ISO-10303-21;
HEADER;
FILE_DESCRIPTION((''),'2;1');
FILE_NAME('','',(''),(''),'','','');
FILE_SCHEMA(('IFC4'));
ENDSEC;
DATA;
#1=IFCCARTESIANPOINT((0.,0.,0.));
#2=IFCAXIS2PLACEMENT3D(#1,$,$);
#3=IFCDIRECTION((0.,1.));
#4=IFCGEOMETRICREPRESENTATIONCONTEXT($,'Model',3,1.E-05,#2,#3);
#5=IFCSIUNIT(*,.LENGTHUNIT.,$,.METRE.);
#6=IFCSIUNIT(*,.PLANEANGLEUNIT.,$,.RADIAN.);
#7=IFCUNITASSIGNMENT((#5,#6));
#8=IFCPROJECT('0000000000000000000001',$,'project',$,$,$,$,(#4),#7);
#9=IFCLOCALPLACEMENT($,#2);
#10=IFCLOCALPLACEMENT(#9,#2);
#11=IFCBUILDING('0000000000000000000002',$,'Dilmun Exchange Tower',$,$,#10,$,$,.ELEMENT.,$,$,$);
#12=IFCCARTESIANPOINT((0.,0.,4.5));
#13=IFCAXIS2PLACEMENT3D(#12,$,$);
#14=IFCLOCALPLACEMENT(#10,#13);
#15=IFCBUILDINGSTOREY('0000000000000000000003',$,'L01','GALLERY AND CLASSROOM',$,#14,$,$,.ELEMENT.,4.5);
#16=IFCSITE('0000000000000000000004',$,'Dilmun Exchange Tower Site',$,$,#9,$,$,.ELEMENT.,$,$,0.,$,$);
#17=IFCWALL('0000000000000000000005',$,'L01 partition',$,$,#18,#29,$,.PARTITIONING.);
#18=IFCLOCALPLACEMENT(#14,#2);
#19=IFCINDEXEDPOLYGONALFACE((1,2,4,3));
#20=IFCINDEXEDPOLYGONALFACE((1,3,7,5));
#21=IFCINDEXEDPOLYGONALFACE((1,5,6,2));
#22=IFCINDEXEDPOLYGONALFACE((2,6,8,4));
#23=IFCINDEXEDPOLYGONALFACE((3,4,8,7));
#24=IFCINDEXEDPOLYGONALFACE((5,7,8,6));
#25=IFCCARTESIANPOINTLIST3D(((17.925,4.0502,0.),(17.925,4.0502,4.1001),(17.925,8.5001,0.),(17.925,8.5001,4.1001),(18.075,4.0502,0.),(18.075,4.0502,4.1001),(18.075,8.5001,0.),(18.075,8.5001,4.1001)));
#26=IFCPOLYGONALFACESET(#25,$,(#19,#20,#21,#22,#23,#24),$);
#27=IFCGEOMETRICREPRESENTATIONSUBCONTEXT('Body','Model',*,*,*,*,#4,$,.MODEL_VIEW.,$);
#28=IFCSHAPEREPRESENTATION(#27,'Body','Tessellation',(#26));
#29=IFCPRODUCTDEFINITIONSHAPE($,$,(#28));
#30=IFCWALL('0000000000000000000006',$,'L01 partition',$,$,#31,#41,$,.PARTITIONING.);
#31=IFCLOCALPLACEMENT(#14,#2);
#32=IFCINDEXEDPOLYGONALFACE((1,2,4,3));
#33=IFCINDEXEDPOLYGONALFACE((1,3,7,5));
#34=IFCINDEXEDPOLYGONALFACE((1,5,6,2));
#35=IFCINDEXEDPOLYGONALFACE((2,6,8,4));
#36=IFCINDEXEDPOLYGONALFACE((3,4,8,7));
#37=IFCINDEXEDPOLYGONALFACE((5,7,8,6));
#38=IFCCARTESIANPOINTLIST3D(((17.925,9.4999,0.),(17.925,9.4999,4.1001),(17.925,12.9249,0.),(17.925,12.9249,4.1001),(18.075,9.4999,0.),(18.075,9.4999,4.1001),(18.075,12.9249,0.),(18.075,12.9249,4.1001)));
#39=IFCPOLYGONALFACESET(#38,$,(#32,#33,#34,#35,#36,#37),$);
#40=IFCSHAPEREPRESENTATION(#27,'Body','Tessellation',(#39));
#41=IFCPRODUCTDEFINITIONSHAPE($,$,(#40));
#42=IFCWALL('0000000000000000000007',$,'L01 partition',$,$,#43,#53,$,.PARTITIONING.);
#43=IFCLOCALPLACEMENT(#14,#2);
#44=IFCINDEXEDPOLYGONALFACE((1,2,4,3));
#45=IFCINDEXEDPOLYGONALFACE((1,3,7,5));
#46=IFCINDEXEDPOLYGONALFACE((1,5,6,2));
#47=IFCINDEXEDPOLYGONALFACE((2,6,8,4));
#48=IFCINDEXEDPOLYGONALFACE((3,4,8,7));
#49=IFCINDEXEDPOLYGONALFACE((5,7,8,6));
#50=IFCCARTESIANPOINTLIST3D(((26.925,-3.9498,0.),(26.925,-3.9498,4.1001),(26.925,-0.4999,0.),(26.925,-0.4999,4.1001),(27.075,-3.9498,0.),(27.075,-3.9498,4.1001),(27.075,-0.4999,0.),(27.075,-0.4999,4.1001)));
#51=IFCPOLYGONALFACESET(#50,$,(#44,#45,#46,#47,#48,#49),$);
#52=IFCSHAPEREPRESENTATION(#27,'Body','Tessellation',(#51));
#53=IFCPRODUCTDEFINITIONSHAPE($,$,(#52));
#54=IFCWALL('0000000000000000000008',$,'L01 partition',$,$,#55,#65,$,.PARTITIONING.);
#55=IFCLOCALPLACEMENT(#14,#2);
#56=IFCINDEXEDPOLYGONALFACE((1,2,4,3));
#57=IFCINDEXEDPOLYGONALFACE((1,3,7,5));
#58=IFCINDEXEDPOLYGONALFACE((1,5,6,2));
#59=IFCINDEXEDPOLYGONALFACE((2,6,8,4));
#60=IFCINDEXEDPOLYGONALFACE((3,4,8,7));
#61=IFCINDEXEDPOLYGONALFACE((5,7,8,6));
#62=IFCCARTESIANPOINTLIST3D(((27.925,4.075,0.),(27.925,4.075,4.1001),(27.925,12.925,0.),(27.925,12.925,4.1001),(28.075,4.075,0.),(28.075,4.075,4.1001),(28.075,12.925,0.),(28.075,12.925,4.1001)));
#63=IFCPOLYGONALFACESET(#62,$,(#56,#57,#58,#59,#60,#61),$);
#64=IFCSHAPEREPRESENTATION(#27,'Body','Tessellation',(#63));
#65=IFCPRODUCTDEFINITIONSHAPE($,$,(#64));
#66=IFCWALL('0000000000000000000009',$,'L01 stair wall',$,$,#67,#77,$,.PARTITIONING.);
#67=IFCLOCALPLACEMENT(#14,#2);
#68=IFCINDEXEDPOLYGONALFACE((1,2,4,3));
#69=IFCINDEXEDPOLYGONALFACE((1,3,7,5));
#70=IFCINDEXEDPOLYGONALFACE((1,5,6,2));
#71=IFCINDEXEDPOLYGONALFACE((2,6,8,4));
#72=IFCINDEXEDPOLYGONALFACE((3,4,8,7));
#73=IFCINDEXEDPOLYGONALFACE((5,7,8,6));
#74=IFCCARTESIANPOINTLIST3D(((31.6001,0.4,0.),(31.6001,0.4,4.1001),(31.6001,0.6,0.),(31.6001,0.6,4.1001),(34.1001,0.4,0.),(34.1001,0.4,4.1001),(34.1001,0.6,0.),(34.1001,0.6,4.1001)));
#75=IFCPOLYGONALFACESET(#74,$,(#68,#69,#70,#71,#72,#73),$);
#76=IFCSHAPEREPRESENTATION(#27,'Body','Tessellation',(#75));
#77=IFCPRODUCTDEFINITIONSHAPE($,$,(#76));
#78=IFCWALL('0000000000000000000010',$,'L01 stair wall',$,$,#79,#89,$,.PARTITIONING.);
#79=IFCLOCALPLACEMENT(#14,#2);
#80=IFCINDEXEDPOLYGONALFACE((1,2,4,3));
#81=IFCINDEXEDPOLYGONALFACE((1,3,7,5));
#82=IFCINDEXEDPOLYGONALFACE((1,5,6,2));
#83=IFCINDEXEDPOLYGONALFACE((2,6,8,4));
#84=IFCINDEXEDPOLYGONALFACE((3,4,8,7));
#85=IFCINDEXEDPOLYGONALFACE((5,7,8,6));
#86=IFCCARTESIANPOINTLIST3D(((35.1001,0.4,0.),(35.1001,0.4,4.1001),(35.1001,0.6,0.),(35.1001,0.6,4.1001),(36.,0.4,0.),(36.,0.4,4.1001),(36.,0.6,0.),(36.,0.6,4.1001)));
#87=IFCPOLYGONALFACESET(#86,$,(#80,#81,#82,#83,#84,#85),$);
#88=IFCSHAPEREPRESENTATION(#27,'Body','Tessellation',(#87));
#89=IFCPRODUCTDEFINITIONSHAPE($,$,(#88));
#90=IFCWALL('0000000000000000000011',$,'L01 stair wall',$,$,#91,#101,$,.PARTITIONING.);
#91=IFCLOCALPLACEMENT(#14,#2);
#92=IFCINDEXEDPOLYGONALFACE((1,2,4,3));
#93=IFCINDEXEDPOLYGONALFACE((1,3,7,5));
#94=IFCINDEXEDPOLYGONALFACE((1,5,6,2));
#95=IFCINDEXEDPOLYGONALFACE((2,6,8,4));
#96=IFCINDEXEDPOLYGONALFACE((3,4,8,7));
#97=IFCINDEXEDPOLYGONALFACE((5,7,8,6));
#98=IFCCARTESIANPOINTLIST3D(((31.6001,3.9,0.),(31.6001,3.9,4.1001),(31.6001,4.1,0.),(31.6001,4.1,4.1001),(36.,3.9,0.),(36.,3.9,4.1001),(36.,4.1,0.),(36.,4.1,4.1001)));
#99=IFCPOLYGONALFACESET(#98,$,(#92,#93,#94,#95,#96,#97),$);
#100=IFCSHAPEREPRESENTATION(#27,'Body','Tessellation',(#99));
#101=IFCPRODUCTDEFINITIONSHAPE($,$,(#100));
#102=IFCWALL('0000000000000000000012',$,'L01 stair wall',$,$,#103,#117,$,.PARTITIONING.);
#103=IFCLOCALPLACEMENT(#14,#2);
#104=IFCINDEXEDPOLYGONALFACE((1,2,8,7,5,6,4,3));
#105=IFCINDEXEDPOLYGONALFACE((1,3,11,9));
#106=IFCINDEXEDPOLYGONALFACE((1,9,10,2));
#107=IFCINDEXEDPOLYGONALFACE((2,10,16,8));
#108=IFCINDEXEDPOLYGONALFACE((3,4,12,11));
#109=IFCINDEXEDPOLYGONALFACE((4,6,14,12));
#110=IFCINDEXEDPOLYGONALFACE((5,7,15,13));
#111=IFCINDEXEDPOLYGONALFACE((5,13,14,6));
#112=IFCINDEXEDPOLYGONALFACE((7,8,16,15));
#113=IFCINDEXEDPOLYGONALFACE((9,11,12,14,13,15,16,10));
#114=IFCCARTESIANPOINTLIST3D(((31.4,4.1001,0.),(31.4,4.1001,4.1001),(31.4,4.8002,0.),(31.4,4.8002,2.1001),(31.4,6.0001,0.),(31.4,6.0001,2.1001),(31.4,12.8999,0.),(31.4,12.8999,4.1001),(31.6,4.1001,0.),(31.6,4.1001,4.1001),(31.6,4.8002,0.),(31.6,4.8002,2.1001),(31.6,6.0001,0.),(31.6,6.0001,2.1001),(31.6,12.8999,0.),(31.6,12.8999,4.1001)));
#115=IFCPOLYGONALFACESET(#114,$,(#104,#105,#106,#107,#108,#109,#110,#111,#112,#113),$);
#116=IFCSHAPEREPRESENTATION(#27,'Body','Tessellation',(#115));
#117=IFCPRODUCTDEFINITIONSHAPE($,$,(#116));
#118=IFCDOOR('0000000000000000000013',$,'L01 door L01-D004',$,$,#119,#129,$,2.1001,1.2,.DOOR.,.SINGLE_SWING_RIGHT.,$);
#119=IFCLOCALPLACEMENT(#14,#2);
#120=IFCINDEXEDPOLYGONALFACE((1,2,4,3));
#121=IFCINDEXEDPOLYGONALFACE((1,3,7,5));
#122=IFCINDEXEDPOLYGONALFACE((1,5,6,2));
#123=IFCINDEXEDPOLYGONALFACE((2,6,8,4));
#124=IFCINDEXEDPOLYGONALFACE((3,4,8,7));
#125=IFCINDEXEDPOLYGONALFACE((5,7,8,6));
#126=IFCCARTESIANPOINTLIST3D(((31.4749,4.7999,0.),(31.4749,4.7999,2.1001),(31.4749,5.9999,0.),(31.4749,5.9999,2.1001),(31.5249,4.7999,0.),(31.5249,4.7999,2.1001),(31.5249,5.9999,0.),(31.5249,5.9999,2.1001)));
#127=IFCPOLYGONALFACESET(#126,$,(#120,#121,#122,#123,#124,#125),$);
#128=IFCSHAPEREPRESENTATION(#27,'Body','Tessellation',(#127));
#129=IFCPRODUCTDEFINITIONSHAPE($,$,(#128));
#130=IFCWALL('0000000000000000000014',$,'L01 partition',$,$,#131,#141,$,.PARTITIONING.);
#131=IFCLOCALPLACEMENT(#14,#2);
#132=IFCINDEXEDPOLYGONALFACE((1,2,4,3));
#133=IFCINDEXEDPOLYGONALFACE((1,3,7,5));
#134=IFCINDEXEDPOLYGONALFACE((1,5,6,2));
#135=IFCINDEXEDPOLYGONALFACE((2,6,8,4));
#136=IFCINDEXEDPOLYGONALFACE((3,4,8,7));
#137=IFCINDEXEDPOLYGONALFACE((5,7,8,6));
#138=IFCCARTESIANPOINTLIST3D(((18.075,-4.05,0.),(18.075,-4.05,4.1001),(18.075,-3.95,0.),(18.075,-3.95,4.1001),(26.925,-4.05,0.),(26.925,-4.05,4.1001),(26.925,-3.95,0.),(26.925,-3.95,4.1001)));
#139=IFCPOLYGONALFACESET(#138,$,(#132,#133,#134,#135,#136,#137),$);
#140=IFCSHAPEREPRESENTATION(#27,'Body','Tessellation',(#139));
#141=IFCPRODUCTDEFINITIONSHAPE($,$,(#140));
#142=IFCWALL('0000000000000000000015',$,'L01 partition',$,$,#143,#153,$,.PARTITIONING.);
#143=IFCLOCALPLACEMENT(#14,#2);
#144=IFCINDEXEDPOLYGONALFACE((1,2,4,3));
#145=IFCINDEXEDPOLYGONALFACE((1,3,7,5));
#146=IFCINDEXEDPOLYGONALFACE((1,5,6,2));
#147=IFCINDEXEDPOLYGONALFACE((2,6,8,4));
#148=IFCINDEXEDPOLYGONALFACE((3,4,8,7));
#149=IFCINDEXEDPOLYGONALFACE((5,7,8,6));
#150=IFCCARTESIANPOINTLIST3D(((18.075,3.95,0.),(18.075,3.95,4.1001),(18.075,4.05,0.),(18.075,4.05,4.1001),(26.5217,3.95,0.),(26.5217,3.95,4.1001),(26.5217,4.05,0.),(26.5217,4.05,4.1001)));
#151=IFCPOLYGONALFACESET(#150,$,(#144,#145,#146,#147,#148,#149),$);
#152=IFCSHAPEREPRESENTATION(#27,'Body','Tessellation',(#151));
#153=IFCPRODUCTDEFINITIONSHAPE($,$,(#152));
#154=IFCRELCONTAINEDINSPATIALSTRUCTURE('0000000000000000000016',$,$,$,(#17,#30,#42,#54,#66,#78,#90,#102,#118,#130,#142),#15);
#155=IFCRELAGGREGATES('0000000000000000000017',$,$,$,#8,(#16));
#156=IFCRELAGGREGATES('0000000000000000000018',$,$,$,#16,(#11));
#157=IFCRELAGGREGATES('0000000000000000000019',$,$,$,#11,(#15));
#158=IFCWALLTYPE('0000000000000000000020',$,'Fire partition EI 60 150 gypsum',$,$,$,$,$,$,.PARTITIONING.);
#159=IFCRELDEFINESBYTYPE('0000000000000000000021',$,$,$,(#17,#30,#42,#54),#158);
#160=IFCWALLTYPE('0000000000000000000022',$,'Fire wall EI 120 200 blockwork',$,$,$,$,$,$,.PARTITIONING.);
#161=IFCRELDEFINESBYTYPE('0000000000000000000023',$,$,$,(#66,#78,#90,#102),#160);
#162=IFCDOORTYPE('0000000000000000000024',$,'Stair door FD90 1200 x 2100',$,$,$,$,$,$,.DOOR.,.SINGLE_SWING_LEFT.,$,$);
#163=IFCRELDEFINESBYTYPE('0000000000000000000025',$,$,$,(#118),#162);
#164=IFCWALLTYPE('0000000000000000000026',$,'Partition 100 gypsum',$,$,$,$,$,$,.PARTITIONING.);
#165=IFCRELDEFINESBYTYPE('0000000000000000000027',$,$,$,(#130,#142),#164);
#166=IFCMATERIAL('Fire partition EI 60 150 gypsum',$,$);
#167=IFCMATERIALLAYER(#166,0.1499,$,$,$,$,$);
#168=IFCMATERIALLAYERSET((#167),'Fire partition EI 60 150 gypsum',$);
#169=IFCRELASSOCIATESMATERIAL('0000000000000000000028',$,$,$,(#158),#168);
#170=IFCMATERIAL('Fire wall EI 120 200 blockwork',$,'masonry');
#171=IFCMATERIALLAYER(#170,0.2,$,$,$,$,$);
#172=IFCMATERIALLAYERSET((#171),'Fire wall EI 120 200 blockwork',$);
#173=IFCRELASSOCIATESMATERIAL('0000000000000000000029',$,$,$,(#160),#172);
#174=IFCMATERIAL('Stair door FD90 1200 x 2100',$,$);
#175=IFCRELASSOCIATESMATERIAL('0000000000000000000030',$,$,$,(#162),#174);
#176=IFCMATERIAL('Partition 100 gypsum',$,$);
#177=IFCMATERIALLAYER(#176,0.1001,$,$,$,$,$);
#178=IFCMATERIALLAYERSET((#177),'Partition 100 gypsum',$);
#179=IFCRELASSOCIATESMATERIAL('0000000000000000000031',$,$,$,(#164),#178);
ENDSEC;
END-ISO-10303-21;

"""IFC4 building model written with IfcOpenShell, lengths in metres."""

from ifc_helpers import new_model, si_unit, direction, frame, frame_2d, origin, place, context, subcontext, project, spatial, rectangle, extrude, material, layer, layer_set, type_object, element, fill, save


model = new_model("IFC4")

# Units and contexts
model_context = context("Model", 3, precision=1e-05, world=origin(), true_north=direction((0.0, 1.0)))
body_context = subcontext(model_context, "Body", "Model", "MODEL_VIEW")
ifc_project = project(units=[si_unit("LENGTHUNIT", "METRE"), si_unit("PLANEANGLEUNIT", "RADIAN")], contexts=[model_context])

# Site, building, storey
site_placement = place(None, origin())
site = spatial("IfcSite", under=ifc_project, at=site_placement, Name="Dilmun Exchange Tower Site", CompositionType="ELEMENT", RefElevation=0.0)
building_placement = place(site_placement, origin())
building = spatial("IfcBuilding", under=site, at=building_placement, Name="Dilmun Exchange Tower", CompositionType="ELEMENT")
storey_placement = place(building_placement, frame((0.0, 0.0, 4.5)))
storey = spatial("IfcBuildingStorey", under=building, at=storey_placement, Name="L01", Description="GALLERY AND CLASSROOM", CompositionType="ELEMENT", Elevation=4.5)

# Shared definitions
ifc_material_1 = material(Name="Fire partition EI 60 150 gypsum")
ifc_layer_1 = layer(ifc_material_1, 0.1499)
ifc_layer_set_1 = layer_set([ifc_layer_1], Name="Fire partition EI 60 150 gypsum")
wall_type_1 = type_object("IfcWallType", Name="Fire partition EI 60 150 gypsum", PredefinedType="PARTITIONING", material=ifc_layer_set_1)

# Walls
wall_1_placement = place(storey_placement, frame((18.0, 4.05, 0.0), z_axis=(0.0, 0.0, 1.0), x_axis=(0.0, 1.0, 0.0)))
element("IfcWall", 1, at=wall_1_placement, inside=storey, type_object=wall_type_1, Name="L01 partition", PredefinedType="PARTITIONING", context=body_context, shape_type="SweptSolid", body=[
    extrude(rectangle(XDim=4.45, YDim=0.1499, at=frame_2d((2.2251, 0.0))), origin(), (0.0, 0.0, 1.0), 4.1001),
])
wall_2_placement = place(storey_placement, frame((18.0, 9.5, 0.0), z_axis=(0.0, 0.0, 1.0), x_axis=(0.0, 1.0, 0.0)))
element("IfcWall", 2, at=wall_2_placement, inside=storey, type_object=wall_type_1, Name="L01 partition", PredefinedType="PARTITIONING", context=body_context, shape_type="SweptSolid", body=[
    extrude(rectangle(XDim=3.425, YDim=0.1499, at=frame_2d((1.7124, 0.0))), origin(), (0.0, 0.0, 1.0), 4.1001),
])
wall_3_placement = place(storey_placement, frame((27.0, -3.95, 0.0), z_axis=(0.0, 0.0, 1.0), x_axis=(0.0, 1.0, 0.0)))
element("IfcWall", 3, at=wall_3_placement, inside=storey, type_object=wall_type_1, Name="L01 partition", PredefinedType="PARTITIONING", context=body_context, shape_type="SweptSolid", body=[
    extrude(rectangle(XDim=3.45, YDim=0.1499, at=frame_2d((1.7251, 0.0))), origin(), (0.0, 0.0, 1.0), 4.1001),
])
wall_4_placement = place(storey_placement, frame((28.0, 4.075, 0.0), z_axis=(0.0, 0.0, 1.0), x_axis=(0.0, 1.0, 0.0)))
element("IfcWall", 4, at=wall_4_placement, inside=storey, type_object=wall_type_1, Name="L01 partition", PredefinedType="PARTITIONING", context=body_context, shape_type="SweptSolid", body=[
    extrude(rectangle(XDim=8.8501, YDim=0.1499, at=frame_2d((4.425, 0.0))), origin(), (0.0, 0.0, 1.0), 4.1001),
])
ifc_material_2 = material(Name="Fire wall EI 120 200 blockwork", Category="masonry")
ifc_layer_2 = layer(ifc_material_2, 0.2)
ifc_layer_set_2 = layer_set([ifc_layer_2], Name="Fire wall EI 120 200 blockwork")
wall_type_2 = type_object("IfcWallType", Name="Fire wall EI 120 200 blockwork", PredefinedType="PARTITIONING", material=ifc_layer_set_2)
wall_5_placement = place(storey_placement, frame((31.6001, 0.5, 0.0), z_axis=(0.0, 0.0, 1.0), x_axis=(1.0, 0.0, 0.0)))
element("IfcWall", 5, at=wall_5_placement, inside=storey, type_object=wall_type_2, Name="L01 stair wall", PredefinedType="PARTITIONING", context=body_context, shape_type="SweptSolid", body=[
    extrude(rectangle(XDim=2.5, YDim=0.2, at=frame_2d((1.25, 0.0))), origin(), (0.0, 0.0, 1.0), 4.1001),
])
wall_6_placement = place(storey_placement, frame((35.1001, 0.5, 0.0), z_axis=(0.0, 0.0, 1.0), x_axis=(1.0, 0.0, 0.0)))
element("IfcWall", 6, at=wall_6_placement, inside=storey, type_object=wall_type_2, Name="L01 stair wall", PredefinedType="PARTITIONING", context=body_context, shape_type="SweptSolid", body=[
    extrude(rectangle(XDim=0.8999, YDim=0.2, at=frame_2d((0.45, 0.0))), origin(), (0.0, 0.0, 1.0), 4.1001),
])
wall_7_placement = place(storey_placement, frame((31.6001, 4.0, 0.0), z_axis=(0.0, 0.0, 1.0), x_axis=(1.0, 0.0, 0.0)))
element("IfcWall", 7, at=wall_7_placement, inside=storey, type_object=wall_type_2, Name="L01 stair wall", PredefinedType="PARTITIONING", context=body_context, shape_type="SweptSolid", body=[
    extrude(rectangle(XDim=4.3999, YDim=0.2, at=frame_2d((2.2, 0.0))), origin(), (0.0, 0.0, 1.0), 4.1001),
])

# Wall, opening, door
wall_8_placement = place(storey_placement, frame((31.5, 4.1001, 0.0), z_axis=(0.0, 0.0, 1.0), x_axis=(0.0, 1.0, 0.0)))
wall_8 = element("IfcWall", 8, at=wall_8_placement, inside=storey, type_object=wall_type_2, Name="L01 stair wall", PredefinedType="PARTITIONING", context=body_context, shape_type="SweptSolid", body=[
    extrude(rectangle(XDim=8.7998, YDim=0.2, at=frame_2d((4.3999, 0.0))), origin(), (0.0, 0.0, 1.0), 4.1001),
])
opening_1_placement = place(wall_8_placement, frame((0.7, 0.0, 0.0)))
opening_1 = element("IfcOpeningElement", 9, at=opening_1_placement, cuts=wall_8, PredefinedType="OPENING", context=body_context, shape_type="SweptSolid", body=[
    extrude(rectangle(XDim=1.2, YDim=2.1001, at=frame_2d((0.6001, 1.05))), frame((0.0, 0.1099, 0.0), z_axis=(0.0, -1.0, 0.0), x_axis=(1.0, 0.0, 0.0)), (0.0, 0.0, 1.0), 0.22),
])
ifc_material_3 = material(Name="Stair door FD90 1200 x 2100")
door_type_1 = type_object("IfcDoorType", Name="Stair door FD90 1200 x 2100", OperationType="SINGLE_SWING_LEFT", PredefinedType="DOOR", material=ifc_material_3)
door_1_placement = place(opening_1_placement, frame((1.2, 0.0, 0.0), z_axis=(0.0, 0.0, 1.0), x_axis=(-1.0, 0.0, 0.0)))
door_1 = element("IfcDoor", 10, at=door_1_placement, inside=storey, type_object=door_type_1, Name="L01 door L01-D004", OperationType="SINGLE_SWING_RIGHT", OverallHeight=2.1001, OverallWidth=1.2, PredefinedType="DOOR", context=body_context, shape_type="SweptSolid", body=[
    extrude(rectangle(XDim=1.2, YDim=2.1001, at=frame_2d((0.6001, 1.05))), frame((0.0, 0.0249, 0.0), z_axis=(0.0, -1.0, 0.0), x_axis=(1.0, 0.0, 0.0)), (0.0, 0.0, 1.0), 0.05),
])
fill(opening_1, door_1)

# Walls
ifc_material_4 = material(Name="Partition 100 gypsum")
ifc_layer_3 = layer(ifc_material_4, 0.1001)
ifc_layer_set_3 = layer_set([ifc_layer_3], Name="Partition 100 gypsum")
wall_type_3 = type_object("IfcWallType", Name="Partition 100 gypsum", PredefinedType="PARTITIONING", material=ifc_layer_set_3)
wall_9_placement = place(storey_placement, frame((18.075, -4.0, 0.0), z_axis=(0.0, 0.0, 1.0), x_axis=(1.0, 0.0, 0.0)))
element("IfcWall", 11, at=wall_9_placement, inside=storey, type_object=wall_type_3, Name="L01 partition", PredefinedType="PARTITIONING", context=body_context, shape_type="SweptSolid", body=[
    extrude(rectangle(XDim=8.8501, YDim=0.1001, at=frame_2d((4.425, 0.0))), origin(), (0.0, 0.0, 1.0), 4.1001),
])
wall_10_placement = place(storey_placement, frame((18.075, 4.0, 0.0), z_axis=(0.0, 0.0, 1.0), x_axis=(1.0, 0.0, 0.0)))
element("IfcWall", 12, at=wall_10_placement, inside=storey, type_object=wall_type_3, Name="L01 partition", PredefinedType="PARTITIONING", context=body_context, shape_type="SweptSolid", body=[
    extrude(rectangle(XDim=8.4468, YDim=0.1001, at=frame_2d((4.2234, 0.0))), origin(), (0.0, 0.0, 1.0), 4.1001),
])

save(model, "model.ifc")
